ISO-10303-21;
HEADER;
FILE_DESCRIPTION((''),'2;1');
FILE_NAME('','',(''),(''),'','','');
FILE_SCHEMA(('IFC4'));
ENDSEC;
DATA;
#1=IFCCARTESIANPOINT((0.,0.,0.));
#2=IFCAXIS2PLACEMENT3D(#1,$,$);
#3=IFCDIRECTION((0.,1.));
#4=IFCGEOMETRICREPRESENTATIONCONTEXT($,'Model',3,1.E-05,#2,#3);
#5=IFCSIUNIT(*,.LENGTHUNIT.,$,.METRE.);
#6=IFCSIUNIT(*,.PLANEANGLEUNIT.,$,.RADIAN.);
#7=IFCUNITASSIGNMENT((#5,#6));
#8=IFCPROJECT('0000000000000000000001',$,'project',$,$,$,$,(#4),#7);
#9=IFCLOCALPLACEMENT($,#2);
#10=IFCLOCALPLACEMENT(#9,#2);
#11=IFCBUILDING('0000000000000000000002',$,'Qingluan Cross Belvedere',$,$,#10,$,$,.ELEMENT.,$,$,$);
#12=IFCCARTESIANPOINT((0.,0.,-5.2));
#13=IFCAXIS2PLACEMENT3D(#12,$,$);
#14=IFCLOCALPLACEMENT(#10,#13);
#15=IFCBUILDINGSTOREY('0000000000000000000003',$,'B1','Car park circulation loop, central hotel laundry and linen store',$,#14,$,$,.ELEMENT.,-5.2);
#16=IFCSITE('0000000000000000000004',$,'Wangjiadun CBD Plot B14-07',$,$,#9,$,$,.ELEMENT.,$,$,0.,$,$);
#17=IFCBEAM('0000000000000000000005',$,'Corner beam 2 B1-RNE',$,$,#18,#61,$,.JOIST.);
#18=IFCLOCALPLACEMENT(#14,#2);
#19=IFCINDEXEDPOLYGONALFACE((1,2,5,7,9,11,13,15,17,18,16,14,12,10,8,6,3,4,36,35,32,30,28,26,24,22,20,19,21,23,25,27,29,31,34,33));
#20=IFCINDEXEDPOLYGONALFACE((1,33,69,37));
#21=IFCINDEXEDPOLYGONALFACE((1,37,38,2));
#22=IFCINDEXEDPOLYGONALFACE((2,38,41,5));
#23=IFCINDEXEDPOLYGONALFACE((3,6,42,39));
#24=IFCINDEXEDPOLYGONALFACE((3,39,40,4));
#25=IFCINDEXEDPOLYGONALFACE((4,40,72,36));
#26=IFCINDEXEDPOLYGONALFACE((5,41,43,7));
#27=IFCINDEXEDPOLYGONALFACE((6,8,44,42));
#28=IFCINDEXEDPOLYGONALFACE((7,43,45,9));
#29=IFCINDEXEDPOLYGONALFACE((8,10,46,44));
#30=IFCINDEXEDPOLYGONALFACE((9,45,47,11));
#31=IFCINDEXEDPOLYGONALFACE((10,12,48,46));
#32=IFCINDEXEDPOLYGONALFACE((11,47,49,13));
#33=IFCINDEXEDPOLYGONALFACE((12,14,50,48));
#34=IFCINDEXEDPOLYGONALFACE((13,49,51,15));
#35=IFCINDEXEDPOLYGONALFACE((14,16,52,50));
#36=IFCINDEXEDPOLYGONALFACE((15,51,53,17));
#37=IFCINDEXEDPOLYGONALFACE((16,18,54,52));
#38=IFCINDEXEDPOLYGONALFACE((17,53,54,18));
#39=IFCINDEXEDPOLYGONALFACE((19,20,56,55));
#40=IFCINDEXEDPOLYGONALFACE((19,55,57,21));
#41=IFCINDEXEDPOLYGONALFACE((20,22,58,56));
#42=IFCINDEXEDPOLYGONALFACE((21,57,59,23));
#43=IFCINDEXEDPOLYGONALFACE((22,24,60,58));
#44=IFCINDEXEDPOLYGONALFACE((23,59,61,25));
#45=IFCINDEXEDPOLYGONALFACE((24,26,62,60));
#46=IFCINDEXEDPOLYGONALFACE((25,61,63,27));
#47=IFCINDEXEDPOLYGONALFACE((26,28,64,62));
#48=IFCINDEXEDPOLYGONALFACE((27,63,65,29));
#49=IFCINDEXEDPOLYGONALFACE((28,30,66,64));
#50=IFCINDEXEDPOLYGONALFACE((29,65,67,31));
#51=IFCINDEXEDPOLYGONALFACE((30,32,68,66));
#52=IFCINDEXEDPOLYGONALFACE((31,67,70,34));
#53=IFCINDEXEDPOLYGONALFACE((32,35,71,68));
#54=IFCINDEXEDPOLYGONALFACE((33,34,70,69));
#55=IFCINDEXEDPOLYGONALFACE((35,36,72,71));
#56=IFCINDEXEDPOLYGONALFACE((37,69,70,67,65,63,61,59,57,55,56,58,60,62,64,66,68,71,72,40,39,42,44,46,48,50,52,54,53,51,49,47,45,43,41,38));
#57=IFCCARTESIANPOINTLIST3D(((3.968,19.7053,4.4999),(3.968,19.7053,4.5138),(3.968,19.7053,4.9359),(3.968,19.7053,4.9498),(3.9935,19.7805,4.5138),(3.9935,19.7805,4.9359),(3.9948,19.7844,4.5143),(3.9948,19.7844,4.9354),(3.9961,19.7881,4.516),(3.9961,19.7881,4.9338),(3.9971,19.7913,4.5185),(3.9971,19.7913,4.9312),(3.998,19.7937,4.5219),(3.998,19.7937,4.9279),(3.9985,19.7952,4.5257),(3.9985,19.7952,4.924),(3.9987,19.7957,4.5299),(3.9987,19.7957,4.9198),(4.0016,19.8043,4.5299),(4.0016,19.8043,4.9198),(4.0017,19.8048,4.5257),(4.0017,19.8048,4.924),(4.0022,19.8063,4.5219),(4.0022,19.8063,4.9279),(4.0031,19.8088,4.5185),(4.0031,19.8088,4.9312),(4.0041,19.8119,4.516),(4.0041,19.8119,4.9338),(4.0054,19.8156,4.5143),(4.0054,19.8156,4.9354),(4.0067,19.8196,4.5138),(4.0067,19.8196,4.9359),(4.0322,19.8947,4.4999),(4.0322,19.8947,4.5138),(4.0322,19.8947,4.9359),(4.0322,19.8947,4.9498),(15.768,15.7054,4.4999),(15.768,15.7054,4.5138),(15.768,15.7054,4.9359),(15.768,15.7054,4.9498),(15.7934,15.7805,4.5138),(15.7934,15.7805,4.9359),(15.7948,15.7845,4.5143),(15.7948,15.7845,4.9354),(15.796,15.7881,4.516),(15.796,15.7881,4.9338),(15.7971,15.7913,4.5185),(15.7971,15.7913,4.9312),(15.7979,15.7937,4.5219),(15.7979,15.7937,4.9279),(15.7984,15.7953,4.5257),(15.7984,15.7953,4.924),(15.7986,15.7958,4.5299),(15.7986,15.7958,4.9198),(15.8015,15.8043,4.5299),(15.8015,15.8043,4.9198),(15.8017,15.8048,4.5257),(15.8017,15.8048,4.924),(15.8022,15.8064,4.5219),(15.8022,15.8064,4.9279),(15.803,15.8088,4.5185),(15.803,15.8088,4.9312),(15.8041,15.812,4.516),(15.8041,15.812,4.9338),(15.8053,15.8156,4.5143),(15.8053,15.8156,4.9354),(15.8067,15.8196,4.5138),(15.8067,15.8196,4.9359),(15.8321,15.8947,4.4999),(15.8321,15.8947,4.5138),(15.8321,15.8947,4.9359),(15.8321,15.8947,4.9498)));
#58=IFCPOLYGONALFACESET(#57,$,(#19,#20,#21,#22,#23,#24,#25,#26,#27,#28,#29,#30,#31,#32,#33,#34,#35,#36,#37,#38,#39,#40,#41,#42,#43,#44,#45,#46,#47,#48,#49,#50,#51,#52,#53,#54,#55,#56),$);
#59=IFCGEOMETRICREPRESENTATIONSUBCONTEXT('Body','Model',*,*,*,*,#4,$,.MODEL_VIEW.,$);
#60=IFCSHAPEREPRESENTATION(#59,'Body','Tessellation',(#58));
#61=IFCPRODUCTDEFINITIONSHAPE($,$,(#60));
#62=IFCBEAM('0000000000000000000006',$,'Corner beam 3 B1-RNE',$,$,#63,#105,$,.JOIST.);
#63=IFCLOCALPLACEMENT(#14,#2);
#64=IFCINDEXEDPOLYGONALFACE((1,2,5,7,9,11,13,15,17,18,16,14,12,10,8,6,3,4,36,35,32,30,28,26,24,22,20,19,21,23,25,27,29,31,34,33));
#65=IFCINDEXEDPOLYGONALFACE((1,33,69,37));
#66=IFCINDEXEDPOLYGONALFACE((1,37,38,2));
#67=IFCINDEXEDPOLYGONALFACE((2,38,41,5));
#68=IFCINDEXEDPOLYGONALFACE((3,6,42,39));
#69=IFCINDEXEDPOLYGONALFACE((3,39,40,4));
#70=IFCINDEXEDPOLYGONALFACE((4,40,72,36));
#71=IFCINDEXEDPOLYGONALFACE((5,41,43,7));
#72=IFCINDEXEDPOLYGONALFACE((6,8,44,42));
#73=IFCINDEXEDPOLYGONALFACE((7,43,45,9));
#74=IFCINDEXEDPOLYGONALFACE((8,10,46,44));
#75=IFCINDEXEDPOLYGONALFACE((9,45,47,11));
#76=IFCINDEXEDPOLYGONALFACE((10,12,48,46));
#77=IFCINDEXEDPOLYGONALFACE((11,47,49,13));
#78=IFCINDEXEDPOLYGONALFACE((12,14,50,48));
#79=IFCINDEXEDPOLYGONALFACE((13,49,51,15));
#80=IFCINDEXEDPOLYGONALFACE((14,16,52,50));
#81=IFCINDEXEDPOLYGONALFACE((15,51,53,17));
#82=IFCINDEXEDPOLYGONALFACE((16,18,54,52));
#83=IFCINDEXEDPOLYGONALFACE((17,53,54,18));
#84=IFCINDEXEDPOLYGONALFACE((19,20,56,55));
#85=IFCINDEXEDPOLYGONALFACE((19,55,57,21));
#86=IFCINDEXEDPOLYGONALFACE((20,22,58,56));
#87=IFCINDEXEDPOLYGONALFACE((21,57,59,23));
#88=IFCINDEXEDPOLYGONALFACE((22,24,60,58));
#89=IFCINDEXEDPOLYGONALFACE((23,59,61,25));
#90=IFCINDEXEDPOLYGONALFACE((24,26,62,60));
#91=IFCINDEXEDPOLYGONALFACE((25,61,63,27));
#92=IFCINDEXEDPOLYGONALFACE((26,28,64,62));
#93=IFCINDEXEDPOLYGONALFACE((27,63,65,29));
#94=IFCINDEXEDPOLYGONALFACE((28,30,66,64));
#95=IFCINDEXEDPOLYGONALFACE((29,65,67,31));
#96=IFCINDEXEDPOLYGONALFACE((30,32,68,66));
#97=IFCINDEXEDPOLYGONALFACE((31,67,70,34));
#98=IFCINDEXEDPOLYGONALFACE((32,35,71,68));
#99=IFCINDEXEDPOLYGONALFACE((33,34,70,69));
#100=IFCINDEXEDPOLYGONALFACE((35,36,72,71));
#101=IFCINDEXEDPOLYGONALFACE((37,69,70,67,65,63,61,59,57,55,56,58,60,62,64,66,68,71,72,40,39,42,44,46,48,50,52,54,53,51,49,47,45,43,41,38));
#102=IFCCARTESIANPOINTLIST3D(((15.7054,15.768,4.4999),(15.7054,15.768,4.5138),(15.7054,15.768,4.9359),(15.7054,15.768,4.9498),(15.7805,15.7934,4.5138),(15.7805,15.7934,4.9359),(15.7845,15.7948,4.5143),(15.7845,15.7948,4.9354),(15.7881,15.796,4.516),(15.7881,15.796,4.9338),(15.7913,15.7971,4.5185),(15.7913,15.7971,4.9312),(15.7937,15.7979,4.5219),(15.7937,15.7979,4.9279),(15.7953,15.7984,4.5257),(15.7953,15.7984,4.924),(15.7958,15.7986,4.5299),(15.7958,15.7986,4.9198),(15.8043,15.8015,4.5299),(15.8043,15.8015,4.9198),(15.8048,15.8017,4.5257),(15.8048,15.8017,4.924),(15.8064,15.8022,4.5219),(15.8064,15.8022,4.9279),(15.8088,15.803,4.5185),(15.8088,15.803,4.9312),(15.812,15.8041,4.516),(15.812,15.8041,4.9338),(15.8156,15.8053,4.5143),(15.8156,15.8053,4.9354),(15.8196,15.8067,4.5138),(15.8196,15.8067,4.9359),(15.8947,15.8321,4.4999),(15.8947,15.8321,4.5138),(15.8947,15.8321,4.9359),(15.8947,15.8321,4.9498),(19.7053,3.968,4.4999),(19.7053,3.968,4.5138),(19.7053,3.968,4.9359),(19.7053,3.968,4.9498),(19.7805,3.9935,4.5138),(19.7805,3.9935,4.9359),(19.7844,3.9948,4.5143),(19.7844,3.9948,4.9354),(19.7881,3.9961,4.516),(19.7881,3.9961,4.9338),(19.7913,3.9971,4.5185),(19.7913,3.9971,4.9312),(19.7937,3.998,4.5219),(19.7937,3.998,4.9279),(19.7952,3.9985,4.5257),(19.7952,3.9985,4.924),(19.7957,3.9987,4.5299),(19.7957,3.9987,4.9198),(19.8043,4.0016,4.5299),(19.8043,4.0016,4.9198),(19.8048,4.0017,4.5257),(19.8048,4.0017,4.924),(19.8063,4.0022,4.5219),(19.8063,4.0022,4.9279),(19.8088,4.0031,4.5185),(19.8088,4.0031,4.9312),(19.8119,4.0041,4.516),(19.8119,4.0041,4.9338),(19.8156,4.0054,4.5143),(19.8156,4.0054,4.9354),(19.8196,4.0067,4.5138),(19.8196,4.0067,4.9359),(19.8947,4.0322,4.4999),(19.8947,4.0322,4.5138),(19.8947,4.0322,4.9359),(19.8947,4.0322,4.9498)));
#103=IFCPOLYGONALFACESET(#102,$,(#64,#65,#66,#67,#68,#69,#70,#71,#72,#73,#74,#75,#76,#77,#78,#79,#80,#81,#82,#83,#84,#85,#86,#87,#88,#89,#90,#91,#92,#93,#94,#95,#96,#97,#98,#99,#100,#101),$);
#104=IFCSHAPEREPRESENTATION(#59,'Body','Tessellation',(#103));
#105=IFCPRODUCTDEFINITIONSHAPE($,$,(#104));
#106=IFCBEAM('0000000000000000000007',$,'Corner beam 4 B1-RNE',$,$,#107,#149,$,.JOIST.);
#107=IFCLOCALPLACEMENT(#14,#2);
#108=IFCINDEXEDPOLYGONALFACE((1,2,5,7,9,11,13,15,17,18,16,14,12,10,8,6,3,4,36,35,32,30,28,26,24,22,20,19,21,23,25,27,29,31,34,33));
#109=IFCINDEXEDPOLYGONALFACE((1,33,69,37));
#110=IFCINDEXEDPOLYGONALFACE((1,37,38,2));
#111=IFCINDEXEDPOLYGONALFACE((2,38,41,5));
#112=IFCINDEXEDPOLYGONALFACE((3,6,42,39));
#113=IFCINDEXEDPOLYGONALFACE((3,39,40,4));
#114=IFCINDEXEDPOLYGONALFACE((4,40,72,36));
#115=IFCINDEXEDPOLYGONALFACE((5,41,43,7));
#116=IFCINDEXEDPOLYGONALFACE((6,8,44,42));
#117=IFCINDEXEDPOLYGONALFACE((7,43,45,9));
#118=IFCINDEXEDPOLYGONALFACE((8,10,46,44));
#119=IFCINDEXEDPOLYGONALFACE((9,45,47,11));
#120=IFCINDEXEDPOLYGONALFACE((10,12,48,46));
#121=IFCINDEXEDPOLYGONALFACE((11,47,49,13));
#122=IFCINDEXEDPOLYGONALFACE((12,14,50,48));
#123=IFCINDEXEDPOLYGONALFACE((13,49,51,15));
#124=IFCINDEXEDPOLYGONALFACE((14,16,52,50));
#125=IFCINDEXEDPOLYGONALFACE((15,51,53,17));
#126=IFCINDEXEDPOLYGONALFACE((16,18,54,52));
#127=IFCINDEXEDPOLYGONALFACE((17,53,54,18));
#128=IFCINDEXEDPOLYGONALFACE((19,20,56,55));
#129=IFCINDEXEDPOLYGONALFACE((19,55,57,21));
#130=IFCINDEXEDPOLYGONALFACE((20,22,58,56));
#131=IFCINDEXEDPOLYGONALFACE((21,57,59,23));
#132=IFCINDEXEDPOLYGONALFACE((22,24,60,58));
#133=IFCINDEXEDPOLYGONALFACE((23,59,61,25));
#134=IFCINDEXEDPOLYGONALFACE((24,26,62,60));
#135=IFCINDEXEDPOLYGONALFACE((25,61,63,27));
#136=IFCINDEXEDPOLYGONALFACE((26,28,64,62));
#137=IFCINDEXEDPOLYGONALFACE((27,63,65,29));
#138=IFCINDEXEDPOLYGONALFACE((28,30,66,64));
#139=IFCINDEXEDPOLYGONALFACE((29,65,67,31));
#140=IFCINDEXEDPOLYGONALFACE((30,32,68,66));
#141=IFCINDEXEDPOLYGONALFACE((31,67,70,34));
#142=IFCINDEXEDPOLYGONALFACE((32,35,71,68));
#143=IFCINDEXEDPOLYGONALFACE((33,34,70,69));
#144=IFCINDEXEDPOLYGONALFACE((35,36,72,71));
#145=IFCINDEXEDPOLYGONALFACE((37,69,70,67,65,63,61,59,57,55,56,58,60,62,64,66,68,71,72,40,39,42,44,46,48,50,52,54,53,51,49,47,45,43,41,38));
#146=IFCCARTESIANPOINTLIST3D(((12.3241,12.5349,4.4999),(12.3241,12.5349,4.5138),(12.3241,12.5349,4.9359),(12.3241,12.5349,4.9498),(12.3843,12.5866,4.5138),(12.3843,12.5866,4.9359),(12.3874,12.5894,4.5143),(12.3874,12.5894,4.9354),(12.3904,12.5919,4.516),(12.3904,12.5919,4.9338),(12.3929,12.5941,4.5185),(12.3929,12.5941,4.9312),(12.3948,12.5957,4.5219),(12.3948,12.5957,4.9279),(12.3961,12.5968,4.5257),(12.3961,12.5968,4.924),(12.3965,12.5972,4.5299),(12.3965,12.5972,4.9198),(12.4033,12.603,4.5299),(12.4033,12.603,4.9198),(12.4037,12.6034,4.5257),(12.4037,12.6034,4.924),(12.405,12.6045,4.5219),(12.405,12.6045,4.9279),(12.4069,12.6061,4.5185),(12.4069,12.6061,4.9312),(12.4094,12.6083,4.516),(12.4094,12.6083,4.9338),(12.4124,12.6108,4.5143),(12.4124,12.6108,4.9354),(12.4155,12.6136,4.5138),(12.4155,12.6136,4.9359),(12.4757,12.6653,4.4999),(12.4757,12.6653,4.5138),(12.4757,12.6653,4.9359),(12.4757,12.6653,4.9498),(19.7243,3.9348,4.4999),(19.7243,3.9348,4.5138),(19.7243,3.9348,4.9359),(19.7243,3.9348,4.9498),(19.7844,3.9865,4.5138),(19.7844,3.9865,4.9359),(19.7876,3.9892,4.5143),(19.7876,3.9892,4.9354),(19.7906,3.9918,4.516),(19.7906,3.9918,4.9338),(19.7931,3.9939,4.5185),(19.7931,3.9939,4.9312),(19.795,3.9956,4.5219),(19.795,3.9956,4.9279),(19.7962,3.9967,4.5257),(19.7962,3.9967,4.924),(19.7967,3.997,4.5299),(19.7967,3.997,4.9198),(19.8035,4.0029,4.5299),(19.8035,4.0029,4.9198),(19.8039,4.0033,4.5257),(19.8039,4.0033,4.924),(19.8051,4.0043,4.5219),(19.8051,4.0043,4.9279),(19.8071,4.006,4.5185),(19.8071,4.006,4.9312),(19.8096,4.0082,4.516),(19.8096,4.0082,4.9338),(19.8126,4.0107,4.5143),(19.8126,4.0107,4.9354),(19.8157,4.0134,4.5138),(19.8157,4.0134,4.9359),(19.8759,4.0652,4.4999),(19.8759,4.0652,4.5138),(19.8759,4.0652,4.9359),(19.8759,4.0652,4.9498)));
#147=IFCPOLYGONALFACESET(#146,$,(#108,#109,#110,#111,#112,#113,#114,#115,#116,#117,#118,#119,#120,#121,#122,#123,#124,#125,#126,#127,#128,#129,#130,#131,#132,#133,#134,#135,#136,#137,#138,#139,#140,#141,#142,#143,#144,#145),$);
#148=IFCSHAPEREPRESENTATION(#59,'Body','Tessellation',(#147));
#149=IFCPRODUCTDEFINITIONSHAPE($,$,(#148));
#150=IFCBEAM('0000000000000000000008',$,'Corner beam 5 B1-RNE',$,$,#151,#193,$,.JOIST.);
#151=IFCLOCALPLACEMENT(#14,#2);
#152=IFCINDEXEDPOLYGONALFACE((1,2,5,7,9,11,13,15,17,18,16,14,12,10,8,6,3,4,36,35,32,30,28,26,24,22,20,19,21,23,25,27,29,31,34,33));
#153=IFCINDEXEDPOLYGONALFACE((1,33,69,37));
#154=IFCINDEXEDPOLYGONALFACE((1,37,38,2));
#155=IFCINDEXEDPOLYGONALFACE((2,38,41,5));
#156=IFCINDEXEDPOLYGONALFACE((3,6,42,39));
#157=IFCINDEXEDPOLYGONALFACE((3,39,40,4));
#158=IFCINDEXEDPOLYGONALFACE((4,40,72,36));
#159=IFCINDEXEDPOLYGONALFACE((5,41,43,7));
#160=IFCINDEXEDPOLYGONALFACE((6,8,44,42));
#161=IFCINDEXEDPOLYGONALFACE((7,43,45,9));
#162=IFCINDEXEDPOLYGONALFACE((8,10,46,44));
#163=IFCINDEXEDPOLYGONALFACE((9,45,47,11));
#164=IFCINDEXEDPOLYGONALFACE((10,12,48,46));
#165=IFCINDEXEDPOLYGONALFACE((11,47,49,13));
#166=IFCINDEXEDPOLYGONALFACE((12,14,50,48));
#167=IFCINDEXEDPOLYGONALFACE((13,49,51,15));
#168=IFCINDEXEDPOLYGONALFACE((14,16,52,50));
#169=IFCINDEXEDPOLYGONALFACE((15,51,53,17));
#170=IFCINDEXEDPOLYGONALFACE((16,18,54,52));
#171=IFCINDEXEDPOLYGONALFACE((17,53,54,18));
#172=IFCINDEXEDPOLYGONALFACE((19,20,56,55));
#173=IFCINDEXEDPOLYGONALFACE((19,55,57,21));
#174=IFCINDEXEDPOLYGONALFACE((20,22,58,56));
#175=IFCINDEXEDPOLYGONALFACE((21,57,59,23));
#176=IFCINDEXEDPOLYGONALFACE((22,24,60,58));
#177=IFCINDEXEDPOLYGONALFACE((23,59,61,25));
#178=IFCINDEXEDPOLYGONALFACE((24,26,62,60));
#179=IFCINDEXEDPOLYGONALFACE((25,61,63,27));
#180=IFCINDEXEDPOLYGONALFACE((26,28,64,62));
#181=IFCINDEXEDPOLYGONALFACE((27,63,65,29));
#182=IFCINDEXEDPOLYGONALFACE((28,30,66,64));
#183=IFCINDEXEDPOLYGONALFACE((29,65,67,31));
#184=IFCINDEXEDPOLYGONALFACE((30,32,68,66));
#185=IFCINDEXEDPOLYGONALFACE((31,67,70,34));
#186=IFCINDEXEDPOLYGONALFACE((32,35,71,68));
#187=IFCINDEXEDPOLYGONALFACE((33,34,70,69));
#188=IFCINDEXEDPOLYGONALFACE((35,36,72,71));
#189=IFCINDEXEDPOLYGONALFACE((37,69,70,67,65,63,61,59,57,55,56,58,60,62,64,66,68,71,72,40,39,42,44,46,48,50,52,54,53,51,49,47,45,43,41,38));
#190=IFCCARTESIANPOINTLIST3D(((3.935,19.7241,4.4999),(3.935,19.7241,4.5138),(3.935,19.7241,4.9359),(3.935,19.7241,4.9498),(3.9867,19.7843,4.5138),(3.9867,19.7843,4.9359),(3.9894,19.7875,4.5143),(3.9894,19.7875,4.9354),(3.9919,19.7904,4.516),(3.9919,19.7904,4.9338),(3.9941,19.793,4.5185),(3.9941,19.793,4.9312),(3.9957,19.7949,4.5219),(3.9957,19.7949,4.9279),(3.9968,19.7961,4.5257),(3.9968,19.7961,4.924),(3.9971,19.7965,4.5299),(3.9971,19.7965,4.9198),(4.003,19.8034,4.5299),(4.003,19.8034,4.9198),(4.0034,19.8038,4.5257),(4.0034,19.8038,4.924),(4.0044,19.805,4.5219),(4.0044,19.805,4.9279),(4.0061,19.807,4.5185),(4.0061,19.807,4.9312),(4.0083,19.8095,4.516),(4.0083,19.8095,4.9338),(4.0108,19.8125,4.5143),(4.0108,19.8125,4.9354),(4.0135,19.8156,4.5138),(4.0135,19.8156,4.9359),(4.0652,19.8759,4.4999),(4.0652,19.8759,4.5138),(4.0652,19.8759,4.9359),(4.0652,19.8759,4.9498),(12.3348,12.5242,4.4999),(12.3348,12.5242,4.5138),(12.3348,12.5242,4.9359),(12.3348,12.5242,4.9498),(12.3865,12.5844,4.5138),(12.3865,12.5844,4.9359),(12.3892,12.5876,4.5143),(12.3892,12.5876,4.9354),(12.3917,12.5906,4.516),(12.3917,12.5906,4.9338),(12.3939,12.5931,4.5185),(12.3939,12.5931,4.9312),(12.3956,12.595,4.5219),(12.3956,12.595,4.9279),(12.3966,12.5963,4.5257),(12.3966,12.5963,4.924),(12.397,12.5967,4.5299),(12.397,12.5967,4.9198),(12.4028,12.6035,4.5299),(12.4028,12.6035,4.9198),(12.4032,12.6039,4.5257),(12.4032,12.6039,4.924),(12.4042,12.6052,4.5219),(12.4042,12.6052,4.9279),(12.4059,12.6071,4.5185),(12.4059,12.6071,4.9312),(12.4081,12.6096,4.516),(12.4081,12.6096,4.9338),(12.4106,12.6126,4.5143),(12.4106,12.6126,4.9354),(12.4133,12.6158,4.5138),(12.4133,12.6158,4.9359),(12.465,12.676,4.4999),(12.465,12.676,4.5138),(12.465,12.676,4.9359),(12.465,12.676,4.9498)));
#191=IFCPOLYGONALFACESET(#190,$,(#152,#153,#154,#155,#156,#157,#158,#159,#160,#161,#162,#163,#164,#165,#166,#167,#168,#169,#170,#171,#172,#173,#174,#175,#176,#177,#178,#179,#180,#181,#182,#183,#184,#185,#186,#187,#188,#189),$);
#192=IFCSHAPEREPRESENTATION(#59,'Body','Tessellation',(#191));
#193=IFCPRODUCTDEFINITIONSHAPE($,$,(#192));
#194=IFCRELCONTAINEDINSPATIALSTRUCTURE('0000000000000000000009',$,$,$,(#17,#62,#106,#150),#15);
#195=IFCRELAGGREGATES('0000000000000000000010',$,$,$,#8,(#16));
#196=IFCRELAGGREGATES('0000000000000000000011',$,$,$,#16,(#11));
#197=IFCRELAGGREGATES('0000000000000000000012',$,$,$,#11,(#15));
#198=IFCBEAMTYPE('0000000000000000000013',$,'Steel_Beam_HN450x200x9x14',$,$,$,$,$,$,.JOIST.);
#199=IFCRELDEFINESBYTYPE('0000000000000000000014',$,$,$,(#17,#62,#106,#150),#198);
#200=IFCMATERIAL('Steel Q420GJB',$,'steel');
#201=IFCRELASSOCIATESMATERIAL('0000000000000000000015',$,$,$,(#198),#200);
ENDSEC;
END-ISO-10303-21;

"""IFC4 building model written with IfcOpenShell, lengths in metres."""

from ifc_helpers import new_model, si_unit, direction, frame, origin, origin_2d, place, context, subcontext, project, spatial, i_section, extrude, material, material_profile, profile_set, type_object, element, save


model = new_model("IFC4")

# Units and contexts
model_context = context("Model", 3, precision=1e-05, world=origin(), true_north=direction((0.0, 1.0)))
body_context = subcontext(model_context, "Body", "Model", "MODEL_VIEW")
ifc_project = project(units=[si_unit("LENGTHUNIT", "METRE"), si_unit("PLANEANGLEUNIT", "RADIAN")], contexts=[model_context])

# Site, building, storey
site_placement = place(None, origin())
site = spatial("IfcSite", under=ifc_project, at=site_placement, Name="Wangjiadun CBD Plot B14-07", CompositionType="ELEMENT", RefElevation=0.0)
building_placement = place(site_placement, origin())
building = spatial("IfcBuilding", under=site, at=building_placement, Name="Qingluan Cross Belvedere", CompositionType="ELEMENT")
storey_placement = place(building_placement, frame((0.0, 0.0, -5.2)))
storey = spatial("IfcBuildingStorey", under=building, at=storey_placement, Name="B1", Description="Car park circulation loop, central hotel laundry and linen store", CompositionType="ELEMENT", Elevation=-5.2)

# Beams
ifc_material_1 = material(Name="Steel Q420GJB", Category="steel")
ifc_material_profile_1 = material_profile(ifc_material_1, i_section(OverallWidth=0.2, OverallDepth=0.45, WebThickness=0.009, FlangeThickness=0.0139, FilletRadius=0.0161, at=origin_2d()), Name="HN450x200x9x14")
ifc_profile_set_1 = profile_set([ifc_material_profile_1], Name="Steel Q420GJB")
beam_type_1 = type_object("IfcBeamType", Name="Steel_Beam_HN450x200x9x14", PredefinedType="JOIST", material=ifc_profile_set_1)
for number, where, z_axis, x_axis, name in (
    (1, (15.8, 15.8, 4.7249), (-0.947066, 0.321038, 0.0), (-0.321038, -0.947066, 0.0), "Corner beam 2 B1-RNE"),
    (2, (15.8, 15.8, 4.7249), (0.321038, -0.947066, 0.0), (0.947066, 0.321038, 0.0), "Corner beam 3 B1-RNE"),
):
    element("IfcBeam", number, at=place(storey_placement, frame(where, z_axis=z_axis, x_axis=x_axis)), inside=storey, type_object=beam_type_1, Name=name, PredefinedType="JOIST", context=body_context, shape_type="SweptSolid", body=[
        extrude(i_section(OverallWidth=0.2, OverallDepth=0.45, WebThickness=0.009, FlangeThickness=0.0139, FilletRadius=0.0161, at=origin_2d()), origin(), (0.0, 0.0, 1.0), 12.4595),
    ])
beam_1_placement = place(storey_placement, frame((12.3999, 12.6001, 4.7249), z_axis=(0.652245, -0.758008, 0.0), x_axis=(0.758008, 0.652245, 0.0)))
element("IfcBeam", 3, at=beam_1_placement, inside=storey, type_object=beam_type_1, Name="Corner beam 4 B1-RNE", PredefinedType="JOIST", context=body_context, shape_type="SweptSolid", body=[
    extrude(i_section(OverallWidth=0.2, OverallDepth=0.45, WebThickness=0.009, FlangeThickness=0.0139, FilletRadius=0.0161, at=origin_2d()), origin(), (0.0, 0.0, 1.0), 11.3457),
])
beam_2_placement = place(storey_placement, frame((12.3999, 12.6001, 4.7249), z_axis=(-0.759255, 0.650793, 0.0), x_axis=(-0.650793, -0.759255, 0.0)))
element("IfcBeam", 4, at=beam_2_placement, inside=storey, type_object=beam_type_1, Name="Corner beam 5 B1-RNE", PredefinedType="JOIST", context=body_context, shape_type="SweptSolid", body=[
    extrude(i_section(OverallWidth=0.2, OverallDepth=0.45, WebThickness=0.009, FlangeThickness=0.0139, FilletRadius=0.0161, at=origin_2d()), origin(), (0.0, 0.0, 1.0), 11.0632),
])

save(model, "model.ifc")
